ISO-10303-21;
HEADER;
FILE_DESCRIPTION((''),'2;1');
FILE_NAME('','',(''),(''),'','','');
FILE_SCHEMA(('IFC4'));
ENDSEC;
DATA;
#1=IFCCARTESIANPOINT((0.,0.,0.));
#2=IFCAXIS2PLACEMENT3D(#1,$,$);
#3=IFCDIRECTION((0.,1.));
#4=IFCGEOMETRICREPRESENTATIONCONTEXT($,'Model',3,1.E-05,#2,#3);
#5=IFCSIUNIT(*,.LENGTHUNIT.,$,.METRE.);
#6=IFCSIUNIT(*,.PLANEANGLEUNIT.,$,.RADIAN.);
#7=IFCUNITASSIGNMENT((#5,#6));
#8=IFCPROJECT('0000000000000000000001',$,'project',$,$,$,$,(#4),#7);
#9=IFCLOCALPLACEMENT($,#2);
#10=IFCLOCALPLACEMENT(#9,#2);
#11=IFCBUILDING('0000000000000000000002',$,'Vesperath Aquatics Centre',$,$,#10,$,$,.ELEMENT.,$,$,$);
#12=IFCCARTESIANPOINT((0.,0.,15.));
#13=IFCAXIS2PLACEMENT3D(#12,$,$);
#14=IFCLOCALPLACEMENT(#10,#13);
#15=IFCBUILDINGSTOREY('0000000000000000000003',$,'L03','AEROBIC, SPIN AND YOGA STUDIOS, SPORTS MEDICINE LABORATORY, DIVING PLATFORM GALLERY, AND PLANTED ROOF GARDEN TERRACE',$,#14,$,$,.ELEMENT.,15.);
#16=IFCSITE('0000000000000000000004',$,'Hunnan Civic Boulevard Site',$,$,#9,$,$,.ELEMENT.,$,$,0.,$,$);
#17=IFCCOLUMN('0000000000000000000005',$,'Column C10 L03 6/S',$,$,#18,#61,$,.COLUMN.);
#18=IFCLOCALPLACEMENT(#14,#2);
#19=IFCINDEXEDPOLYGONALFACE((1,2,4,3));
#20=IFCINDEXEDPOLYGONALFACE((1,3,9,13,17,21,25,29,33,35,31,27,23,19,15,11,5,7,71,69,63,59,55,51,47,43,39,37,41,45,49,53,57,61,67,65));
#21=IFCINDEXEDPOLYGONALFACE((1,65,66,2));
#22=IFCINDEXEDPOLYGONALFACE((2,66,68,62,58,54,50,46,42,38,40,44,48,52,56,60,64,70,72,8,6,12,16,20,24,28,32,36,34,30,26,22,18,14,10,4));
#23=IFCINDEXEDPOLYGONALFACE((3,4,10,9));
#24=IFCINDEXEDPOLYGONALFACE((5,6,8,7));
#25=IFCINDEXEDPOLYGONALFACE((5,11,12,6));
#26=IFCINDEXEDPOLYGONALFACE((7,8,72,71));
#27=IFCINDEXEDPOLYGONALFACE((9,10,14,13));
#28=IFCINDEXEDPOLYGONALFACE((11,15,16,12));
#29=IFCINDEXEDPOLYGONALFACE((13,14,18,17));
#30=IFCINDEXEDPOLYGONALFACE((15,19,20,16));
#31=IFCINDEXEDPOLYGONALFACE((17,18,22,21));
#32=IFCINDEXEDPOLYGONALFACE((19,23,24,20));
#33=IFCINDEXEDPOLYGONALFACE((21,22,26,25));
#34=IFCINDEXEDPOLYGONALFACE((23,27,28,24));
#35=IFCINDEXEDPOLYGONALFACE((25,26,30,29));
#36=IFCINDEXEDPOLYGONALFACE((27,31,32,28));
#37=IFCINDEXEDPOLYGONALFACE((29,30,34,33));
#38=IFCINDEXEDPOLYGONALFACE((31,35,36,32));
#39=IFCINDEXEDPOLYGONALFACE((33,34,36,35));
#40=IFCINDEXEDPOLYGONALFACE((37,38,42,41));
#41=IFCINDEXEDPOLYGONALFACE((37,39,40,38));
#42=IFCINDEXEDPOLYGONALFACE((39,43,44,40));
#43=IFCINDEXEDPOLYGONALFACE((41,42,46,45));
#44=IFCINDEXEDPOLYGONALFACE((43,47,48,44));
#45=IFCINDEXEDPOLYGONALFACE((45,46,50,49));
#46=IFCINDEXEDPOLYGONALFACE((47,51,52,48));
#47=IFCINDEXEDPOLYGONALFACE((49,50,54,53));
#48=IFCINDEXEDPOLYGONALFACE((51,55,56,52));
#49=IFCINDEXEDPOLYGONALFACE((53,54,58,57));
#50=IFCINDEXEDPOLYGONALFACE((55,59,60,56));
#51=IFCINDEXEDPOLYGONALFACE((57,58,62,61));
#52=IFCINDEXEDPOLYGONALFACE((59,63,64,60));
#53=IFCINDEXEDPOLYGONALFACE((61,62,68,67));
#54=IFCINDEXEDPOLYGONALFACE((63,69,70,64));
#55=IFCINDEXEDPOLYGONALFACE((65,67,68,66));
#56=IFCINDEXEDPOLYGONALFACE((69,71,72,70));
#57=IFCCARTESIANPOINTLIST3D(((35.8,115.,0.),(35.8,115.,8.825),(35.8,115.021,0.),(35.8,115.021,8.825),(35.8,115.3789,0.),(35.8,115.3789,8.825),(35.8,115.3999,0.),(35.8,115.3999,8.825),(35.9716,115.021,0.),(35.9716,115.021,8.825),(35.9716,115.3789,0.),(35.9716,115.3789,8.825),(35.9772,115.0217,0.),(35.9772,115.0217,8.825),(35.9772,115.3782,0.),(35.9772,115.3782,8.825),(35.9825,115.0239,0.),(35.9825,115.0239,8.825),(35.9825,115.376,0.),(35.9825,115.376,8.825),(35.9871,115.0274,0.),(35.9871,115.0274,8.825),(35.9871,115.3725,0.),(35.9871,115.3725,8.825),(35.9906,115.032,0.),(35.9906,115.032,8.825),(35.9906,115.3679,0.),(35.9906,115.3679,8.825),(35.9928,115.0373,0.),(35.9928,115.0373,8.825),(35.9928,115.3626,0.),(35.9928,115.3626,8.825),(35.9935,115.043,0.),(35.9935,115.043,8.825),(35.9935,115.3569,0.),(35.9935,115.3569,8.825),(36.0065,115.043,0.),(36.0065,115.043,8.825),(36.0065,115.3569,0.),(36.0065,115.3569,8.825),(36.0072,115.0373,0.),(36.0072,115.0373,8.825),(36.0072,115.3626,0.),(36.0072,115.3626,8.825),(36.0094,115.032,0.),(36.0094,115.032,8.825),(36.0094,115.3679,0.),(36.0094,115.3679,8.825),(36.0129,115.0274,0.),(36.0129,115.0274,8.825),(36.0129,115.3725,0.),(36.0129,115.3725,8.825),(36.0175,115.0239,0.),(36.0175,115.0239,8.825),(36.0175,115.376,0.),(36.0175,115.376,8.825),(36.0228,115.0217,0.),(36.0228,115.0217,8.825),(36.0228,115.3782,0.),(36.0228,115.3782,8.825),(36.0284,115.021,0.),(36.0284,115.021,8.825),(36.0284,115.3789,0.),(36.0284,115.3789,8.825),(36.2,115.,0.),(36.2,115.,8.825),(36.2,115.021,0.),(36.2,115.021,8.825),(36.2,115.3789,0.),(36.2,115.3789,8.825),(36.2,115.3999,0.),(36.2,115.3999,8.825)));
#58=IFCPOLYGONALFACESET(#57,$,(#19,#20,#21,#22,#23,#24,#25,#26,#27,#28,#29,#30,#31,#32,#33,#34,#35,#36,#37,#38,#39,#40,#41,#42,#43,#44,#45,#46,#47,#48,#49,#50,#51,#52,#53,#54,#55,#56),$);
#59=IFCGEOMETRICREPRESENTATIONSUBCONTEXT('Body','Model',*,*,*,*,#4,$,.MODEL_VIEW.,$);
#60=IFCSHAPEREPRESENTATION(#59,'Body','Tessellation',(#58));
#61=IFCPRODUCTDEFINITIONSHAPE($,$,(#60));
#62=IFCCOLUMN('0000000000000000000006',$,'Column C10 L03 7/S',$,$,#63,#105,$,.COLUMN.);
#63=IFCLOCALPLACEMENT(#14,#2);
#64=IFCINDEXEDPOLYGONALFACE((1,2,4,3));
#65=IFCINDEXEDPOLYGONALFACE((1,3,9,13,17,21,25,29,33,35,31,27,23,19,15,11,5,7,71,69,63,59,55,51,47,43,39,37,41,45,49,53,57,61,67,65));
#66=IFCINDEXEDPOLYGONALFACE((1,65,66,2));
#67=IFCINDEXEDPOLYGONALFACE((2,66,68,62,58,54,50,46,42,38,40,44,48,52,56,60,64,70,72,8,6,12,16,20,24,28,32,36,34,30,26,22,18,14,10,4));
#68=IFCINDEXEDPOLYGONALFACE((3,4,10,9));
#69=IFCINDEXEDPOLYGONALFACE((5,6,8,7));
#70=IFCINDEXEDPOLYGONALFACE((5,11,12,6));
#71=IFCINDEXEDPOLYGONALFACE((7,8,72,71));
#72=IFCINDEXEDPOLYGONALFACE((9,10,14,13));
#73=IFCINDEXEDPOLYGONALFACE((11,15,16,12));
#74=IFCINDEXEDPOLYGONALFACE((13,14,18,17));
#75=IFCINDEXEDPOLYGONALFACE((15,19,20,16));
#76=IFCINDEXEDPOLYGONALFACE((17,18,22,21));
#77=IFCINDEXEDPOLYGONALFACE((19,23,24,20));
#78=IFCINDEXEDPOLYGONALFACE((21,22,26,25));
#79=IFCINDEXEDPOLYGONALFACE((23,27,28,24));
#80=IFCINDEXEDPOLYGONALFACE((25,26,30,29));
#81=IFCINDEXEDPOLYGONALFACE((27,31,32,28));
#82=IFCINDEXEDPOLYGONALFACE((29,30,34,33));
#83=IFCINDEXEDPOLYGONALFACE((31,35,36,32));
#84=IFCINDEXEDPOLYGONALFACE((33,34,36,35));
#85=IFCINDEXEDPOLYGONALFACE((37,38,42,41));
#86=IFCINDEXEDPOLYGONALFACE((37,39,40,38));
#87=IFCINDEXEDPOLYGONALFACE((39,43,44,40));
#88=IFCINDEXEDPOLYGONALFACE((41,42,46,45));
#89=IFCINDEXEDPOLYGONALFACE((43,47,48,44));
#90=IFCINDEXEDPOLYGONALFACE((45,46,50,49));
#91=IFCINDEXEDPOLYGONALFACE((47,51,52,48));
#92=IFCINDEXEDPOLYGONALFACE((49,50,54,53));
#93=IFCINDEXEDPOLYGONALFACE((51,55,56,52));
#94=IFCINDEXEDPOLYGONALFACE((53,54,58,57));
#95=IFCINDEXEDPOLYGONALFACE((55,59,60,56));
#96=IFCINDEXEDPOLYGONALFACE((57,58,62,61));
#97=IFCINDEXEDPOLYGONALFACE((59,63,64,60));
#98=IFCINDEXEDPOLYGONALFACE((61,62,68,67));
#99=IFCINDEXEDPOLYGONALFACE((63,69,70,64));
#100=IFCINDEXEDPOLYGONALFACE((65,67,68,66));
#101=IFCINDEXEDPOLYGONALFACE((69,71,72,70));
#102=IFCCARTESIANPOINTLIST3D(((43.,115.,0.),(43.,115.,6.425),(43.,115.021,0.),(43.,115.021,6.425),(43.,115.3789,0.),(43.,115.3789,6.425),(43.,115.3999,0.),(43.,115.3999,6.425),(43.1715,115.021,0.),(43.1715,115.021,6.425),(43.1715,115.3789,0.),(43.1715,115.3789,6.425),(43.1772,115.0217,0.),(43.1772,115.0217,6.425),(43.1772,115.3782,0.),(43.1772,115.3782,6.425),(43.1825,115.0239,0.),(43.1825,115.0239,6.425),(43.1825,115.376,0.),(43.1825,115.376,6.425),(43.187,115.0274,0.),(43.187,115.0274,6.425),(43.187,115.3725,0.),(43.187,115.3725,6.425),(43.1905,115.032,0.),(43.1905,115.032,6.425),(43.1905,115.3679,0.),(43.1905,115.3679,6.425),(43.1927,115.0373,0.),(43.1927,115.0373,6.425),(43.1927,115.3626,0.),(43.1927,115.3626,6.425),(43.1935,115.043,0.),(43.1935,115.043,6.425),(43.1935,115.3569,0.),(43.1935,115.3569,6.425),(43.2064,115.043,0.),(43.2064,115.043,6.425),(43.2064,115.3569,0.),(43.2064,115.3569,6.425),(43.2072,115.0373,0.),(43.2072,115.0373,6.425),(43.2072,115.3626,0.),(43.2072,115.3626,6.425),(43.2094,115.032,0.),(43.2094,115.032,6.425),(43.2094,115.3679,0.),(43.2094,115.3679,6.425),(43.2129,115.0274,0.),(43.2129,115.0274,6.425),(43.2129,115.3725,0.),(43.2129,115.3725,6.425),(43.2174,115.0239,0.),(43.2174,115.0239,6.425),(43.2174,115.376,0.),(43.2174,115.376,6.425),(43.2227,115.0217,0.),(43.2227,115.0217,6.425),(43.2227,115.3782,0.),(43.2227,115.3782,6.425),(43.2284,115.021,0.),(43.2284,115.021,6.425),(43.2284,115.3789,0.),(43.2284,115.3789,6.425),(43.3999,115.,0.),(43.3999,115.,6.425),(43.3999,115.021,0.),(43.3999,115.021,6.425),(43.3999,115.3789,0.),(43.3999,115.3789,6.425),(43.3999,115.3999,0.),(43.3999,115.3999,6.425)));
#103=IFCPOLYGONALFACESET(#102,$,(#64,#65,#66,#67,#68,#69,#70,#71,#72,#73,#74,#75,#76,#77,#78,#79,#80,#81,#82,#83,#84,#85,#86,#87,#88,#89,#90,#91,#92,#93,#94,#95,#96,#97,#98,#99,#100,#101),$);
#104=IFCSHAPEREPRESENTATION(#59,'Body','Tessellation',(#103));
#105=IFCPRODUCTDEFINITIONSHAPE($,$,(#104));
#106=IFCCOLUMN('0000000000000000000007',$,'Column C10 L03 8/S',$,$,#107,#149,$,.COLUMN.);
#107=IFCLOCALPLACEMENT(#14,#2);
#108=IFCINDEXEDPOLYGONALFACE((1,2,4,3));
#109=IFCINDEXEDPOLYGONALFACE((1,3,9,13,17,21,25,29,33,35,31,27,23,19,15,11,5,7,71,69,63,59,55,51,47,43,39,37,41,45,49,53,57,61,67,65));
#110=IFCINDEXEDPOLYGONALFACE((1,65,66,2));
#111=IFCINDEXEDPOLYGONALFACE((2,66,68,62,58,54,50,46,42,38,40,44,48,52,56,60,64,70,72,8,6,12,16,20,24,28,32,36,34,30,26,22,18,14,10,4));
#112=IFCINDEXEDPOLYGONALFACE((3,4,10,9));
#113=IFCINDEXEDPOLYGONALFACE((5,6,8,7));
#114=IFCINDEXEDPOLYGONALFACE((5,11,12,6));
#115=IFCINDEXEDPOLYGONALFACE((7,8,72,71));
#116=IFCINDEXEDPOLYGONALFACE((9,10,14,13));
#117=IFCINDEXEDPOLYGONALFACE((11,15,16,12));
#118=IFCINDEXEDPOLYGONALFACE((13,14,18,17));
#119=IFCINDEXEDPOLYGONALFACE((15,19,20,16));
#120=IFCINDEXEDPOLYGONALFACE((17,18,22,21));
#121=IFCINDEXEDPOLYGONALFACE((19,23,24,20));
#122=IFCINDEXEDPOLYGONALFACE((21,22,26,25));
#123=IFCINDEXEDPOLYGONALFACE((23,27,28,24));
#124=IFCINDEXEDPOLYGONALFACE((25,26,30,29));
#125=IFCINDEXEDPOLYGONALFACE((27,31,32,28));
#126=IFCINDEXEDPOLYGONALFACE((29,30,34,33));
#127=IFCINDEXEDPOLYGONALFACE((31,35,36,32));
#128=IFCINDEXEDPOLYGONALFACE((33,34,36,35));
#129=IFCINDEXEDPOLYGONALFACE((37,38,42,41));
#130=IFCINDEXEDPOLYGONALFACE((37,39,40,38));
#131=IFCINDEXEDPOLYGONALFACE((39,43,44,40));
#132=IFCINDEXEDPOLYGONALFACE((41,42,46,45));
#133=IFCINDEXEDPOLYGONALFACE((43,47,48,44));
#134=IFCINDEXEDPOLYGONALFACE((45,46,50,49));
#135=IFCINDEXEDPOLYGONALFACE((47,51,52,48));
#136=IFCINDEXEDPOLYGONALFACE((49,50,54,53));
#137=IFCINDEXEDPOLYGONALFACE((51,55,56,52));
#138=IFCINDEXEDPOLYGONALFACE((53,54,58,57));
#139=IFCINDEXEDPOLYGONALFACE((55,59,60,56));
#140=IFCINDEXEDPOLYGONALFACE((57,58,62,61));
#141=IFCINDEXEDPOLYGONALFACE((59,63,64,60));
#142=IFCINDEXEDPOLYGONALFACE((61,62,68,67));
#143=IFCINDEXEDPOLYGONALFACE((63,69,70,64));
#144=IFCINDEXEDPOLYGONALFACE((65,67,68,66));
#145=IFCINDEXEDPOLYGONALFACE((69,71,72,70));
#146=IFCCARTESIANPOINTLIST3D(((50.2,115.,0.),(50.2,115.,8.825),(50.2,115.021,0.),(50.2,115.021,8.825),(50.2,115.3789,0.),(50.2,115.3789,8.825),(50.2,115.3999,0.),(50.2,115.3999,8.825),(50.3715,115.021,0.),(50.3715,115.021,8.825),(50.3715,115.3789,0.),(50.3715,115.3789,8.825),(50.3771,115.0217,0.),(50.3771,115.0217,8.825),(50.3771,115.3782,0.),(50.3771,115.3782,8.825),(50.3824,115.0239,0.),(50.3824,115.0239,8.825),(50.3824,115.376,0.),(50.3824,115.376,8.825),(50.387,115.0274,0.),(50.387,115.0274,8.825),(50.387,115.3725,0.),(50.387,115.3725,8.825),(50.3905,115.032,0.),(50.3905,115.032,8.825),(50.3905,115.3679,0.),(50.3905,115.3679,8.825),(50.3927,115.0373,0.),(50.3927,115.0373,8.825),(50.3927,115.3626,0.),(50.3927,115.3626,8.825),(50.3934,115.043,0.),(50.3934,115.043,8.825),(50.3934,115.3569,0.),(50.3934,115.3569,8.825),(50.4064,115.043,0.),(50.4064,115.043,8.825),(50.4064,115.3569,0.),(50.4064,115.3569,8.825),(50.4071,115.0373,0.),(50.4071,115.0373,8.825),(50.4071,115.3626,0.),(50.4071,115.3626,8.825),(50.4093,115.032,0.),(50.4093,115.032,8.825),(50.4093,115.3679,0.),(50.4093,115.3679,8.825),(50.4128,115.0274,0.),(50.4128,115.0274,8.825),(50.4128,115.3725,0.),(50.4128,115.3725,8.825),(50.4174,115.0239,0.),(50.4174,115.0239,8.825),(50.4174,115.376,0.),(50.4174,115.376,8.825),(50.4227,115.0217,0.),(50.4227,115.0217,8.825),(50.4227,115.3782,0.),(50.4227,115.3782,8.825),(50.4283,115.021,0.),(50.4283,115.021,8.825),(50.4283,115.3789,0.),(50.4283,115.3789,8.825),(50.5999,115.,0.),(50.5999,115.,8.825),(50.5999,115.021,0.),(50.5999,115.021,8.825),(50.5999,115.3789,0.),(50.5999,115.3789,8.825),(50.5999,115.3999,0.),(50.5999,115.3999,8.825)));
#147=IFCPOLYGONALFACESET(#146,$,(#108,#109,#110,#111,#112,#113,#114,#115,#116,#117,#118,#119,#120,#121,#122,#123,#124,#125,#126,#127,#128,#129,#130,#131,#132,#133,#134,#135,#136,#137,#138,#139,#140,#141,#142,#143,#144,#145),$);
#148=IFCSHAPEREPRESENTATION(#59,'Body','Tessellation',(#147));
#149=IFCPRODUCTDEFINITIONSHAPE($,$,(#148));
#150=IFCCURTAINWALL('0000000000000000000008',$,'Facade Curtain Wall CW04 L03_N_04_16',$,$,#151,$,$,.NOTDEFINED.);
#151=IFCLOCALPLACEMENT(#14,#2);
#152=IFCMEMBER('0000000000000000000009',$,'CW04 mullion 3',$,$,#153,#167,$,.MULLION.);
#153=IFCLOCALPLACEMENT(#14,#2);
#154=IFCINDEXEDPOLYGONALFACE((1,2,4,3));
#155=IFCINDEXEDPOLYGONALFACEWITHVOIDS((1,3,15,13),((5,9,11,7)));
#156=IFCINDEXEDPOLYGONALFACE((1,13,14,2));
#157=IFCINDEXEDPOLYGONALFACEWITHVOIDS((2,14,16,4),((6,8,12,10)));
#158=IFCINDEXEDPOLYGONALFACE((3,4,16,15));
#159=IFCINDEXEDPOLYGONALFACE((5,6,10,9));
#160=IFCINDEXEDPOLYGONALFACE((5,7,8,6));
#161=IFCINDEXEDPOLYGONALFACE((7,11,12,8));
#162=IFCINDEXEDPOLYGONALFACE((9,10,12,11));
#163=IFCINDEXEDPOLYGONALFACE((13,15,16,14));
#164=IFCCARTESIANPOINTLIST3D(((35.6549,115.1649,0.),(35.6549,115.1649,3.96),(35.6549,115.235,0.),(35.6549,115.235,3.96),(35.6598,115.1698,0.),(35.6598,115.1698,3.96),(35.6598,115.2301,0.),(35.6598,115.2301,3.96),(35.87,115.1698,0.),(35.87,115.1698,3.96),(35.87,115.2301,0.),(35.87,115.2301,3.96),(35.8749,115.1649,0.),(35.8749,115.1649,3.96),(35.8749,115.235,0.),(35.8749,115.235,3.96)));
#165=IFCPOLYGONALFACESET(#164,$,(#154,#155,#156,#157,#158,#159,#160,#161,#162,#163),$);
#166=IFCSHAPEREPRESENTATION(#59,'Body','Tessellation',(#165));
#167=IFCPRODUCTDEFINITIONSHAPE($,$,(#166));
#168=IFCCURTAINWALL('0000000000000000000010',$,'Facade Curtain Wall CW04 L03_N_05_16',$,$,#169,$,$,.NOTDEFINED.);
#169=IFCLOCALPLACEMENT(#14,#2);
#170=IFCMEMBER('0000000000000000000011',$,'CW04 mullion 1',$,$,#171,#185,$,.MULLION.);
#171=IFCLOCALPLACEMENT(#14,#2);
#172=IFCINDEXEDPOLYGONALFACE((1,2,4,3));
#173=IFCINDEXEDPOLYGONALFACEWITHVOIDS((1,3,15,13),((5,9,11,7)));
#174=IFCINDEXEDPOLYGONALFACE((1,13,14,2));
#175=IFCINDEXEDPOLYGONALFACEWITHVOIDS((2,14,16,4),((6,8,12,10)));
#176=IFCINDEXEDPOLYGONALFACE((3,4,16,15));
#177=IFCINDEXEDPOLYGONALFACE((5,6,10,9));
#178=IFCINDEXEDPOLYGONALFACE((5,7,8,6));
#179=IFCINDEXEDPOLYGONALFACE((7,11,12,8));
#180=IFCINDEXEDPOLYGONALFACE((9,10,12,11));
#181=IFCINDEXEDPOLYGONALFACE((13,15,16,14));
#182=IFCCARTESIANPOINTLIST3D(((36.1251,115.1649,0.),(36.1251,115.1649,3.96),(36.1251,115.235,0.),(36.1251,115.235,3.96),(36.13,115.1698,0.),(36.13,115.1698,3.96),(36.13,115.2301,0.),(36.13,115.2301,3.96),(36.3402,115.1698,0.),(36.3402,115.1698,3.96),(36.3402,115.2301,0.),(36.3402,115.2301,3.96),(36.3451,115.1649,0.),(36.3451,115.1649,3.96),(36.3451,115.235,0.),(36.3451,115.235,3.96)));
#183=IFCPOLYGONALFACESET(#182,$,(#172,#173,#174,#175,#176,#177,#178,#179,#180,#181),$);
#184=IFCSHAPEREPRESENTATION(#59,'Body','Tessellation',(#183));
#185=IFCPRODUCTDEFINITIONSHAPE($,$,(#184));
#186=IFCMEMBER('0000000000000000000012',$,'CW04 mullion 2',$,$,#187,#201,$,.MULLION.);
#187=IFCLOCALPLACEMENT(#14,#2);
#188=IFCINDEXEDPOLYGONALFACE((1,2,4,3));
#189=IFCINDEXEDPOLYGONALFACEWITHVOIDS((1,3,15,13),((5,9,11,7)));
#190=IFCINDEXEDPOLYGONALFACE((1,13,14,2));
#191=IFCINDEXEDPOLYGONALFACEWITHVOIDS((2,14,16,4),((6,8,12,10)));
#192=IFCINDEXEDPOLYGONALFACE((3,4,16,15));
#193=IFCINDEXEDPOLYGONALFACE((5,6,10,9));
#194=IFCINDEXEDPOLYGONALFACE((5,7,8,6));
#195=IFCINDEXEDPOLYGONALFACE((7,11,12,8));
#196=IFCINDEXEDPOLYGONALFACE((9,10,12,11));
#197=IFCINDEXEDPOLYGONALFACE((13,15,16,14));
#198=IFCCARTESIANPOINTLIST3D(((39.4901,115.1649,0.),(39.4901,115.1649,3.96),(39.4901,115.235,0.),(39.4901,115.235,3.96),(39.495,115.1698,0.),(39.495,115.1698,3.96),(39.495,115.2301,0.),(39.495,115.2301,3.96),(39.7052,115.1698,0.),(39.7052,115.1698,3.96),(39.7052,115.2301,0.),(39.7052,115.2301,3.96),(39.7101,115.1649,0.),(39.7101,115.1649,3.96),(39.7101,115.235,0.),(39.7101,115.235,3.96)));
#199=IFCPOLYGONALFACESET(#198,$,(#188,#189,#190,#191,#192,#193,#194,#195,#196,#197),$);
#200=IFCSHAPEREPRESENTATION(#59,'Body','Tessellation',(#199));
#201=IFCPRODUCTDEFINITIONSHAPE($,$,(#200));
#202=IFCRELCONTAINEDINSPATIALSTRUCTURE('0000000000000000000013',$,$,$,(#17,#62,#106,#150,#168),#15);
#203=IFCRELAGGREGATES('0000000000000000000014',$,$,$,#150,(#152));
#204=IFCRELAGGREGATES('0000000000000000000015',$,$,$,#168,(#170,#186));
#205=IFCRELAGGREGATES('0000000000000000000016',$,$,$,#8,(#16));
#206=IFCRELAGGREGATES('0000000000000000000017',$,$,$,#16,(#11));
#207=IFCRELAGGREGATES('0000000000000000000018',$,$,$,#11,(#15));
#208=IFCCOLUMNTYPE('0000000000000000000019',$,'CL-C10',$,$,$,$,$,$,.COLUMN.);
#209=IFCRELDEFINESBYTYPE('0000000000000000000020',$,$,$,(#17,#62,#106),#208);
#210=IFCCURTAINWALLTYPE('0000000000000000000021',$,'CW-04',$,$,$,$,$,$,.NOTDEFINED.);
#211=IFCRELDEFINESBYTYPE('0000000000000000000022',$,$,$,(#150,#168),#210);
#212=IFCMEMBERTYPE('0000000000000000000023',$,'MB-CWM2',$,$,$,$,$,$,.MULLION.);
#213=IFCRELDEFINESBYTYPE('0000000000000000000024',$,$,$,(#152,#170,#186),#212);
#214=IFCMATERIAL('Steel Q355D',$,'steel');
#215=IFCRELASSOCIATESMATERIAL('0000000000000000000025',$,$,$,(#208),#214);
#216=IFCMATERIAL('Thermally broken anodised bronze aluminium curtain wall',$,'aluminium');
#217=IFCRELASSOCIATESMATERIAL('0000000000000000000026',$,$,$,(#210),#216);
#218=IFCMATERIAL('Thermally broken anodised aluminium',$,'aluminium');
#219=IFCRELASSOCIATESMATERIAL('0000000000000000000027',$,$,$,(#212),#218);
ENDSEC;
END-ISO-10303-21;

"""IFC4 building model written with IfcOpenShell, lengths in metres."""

from ifc_helpers import new_model, si_unit, direction, frame, origin, origin_2d, place, context, subcontext, project, spatial, hollow_rectangle, i_section, extrude, material, material_profile, profile_set, type_object, element, aggregate, save


model = new_model("IFC4")

# Units and contexts
model_context = context("Model", 3, precision=1e-05, world=origin(), true_north=direction((0.0, 1.0)))
body_context = subcontext(model_context, "Body", "Model", "MODEL_VIEW")
ifc_project = project(units=[si_unit("LENGTHUNIT", "METRE"), si_unit("PLANEANGLEUNIT", "RADIAN")], contexts=[model_context])

# Site, building, storey
site_placement = place(None, origin())
site = spatial("IfcSite", under=ifc_project, at=site_placement, Name="Hunnan Civic Boulevard Site", CompositionType="ELEMENT", RefElevation=0.0)
building_placement = place(site_placement, origin())
building = spatial("IfcBuilding", under=site, at=building_placement, Name="Vesperath Aquatics Centre", CompositionType="ELEMENT")
storey_placement = place(building_placement, frame((0.0, 0.0, 15.0)))
storey = spatial("IfcBuildingStorey", under=building, at=storey_placement, Name="L03", Description="AEROBIC, SPIN AND YOGA STUDIOS, SPORTS MEDICINE LABORATORY, DIVING PLATFORM GALLERY, AND PLANTED ROOF GARDEN TERRACE", CompositionType="ELEMENT", Elevation=15.0)

# Columns
ifc_material_1 = material(Name="Steel Q355D", Category="steel")
ifc_material_profile_1 = material_profile(ifc_material_1, i_section(OverallWidth=0.3999, OverallDepth=0.3999, WebThickness=0.0129, FlangeThickness=0.021, FilletRadius=0.022, at=origin_2d()), Name="HW 400x400x13x21")
ifc_profile_set_1 = profile_set([ifc_material_profile_1], Name="Steel Q355D")
column_type = type_object("IfcColumnType", Name="CL-C10", PredefinedType="COLUMN", material=ifc_profile_set_1)
column_1_placement = place(storey_placement, frame((36.0, 115.2, 0.0), z_axis=(0.0, 0.0, 1.0), x_axis=(1.0, 0.0, 0.0)))
element("IfcColumn", 1, at=column_1_placement, inside=storey, type_object=column_type, Name="Column C10 L03 6/S", PredefinedType="COLUMN", context=body_context, shape_type="SweptSolid", body=[
    extrude(i_section(OverallWidth=0.3999, OverallDepth=0.3999, WebThickness=0.0129, FlangeThickness=0.021, FilletRadius=0.022, at=origin_2d()), origin(), (0.0, 0.0, 1.0), 8.825),
])
column_2_placement = place(storey_placement, frame((43.2, 115.2, 0.0), z_axis=(0.0, 0.0, 1.0), x_axis=(1.0, 0.0, 0.0)))
element("IfcColumn", 2, at=column_2_placement, inside=storey, type_object=column_type, Name="Column C10 L03 7/S", PredefinedType="COLUMN", context=body_context, shape_type="SweptSolid", body=[
    extrude(i_section(OverallWidth=0.3999, OverallDepth=0.3999, WebThickness=0.0129, FlangeThickness=0.021, FilletRadius=0.022, at=origin_2d()), origin(), (0.0, 0.0, 1.0), 6.425),
])
column_3_placement = place(storey_placement, frame((50.3999, 115.2, 0.0), z_axis=(0.0, 0.0, 1.0), x_axis=(1.0, 0.0, 0.0)))
element("IfcColumn", 3, at=column_3_placement, inside=storey, type_object=column_type, Name="Column C10 L03 8/S", PredefinedType="COLUMN", context=body_context, shape_type="SweptSolid", body=[
    extrude(i_section(OverallWidth=0.3999, OverallDepth=0.3999, WebThickness=0.0129, FlangeThickness=0.021, FilletRadius=0.022, at=origin_2d()), origin(), (0.0, 0.0, 1.0), 8.825),
])

# Curtain wall, member
ifc_material_2 = material(Name="Thermally broken anodised bronze aluminium curtain wall", Category="aluminium")
curtain_wall_type = type_object("IfcCurtainWallType", Name="CW-04", PredefinedType="NOTDEFINED", material=ifc_material_2)
curtain_wall_1_placement = place(storey_placement, origin())
curtain_wall_1 = element("IfcCurtainWall", 4, at=curtain_wall_1_placement, inside=storey, type_object=curtain_wall_type, Name="Facade Curtain Wall CW04 L03_N_04_16", PredefinedType="NOTDEFINED")
ifc_material_3 = material(Name="Thermally broken anodised aluminium", Category="aluminium")
ifc_material_profile_2 = material_profile(ifc_material_3, hollow_rectangle(XDim=0.0701, YDim=0.22, WallThickness=0.0049, at=origin_2d()), Name="CWM 70x220x5")
ifc_profile_set_2 = profile_set([ifc_material_profile_2], Name="Thermally broken anodised aluminium")
member_type_1 = type_object("IfcMemberType", Name="MB-CWM2", PredefinedType="MULLION", material=ifc_profile_set_2)
member_1_placement = place(storey_placement, frame((35.7649, 115.2, 0.0), z_axis=(0.0, 0.0, 1.0), x_axis=(0.0, 1.0, 0.0)))
member_1 = element("IfcMember", 5, at=member_1_placement, type_object=member_type_1, Name="CW04 mullion 3", PredefinedType="MULLION", context=body_context, shape_type="SweptSolid", body=[
    extrude(hollow_rectangle(XDim=0.0701, YDim=0.22, WallThickness=0.0049, at=origin_2d()), origin(), (0.0, 0.0, 1.0), 3.96),
])

# Curtain wall, members
curtain_wall_2_placement = place(storey_placement, origin())
curtain_wall_2 = element("IfcCurtainWall", 6, at=curtain_wall_2_placement, inside=storey, type_object=curtain_wall_type, Name="Facade Curtain Wall CW04 L03_N_05_16", PredefinedType="NOTDEFINED")
member_2_placement = place(storey_placement, frame((36.2351, 115.2, 0.0), z_axis=(0.0, 0.0, 1.0), x_axis=(0.0, 1.0, 0.0)))
member_2 = element("IfcMember", 7, at=member_2_placement, type_object=member_type_1, Name="CW04 mullion 1", PredefinedType="MULLION", context=body_context, shape_type="SweptSolid", body=[
    extrude(hollow_rectangle(XDim=0.0701, YDim=0.22, WallThickness=0.0049, at=origin_2d()), origin(), (0.0, 0.0, 1.0), 3.96),
])
member_3_placement = place(storey_placement, frame((39.6001, 115.2, 0.0), z_axis=(0.0, 0.0, 1.0), x_axis=(0.0, 1.0, 0.0)))
member_3 = element("IfcMember", 8, at=member_3_placement, type_object=member_type_1, Name="CW04 mullion 2", PredefinedType="MULLION", context=body_context, shape_type="SweptSolid", body=[
    extrude(hollow_rectangle(XDim=0.0701, YDim=0.22, WallThickness=0.0049, at=origin_2d()), origin(), (0.0, 0.0, 1.0), 3.96),
])

aggregate(curtain_wall_1, [member_1])
aggregate(curtain_wall_2, [member_2, member_3])

save(model, "model.ifc")
